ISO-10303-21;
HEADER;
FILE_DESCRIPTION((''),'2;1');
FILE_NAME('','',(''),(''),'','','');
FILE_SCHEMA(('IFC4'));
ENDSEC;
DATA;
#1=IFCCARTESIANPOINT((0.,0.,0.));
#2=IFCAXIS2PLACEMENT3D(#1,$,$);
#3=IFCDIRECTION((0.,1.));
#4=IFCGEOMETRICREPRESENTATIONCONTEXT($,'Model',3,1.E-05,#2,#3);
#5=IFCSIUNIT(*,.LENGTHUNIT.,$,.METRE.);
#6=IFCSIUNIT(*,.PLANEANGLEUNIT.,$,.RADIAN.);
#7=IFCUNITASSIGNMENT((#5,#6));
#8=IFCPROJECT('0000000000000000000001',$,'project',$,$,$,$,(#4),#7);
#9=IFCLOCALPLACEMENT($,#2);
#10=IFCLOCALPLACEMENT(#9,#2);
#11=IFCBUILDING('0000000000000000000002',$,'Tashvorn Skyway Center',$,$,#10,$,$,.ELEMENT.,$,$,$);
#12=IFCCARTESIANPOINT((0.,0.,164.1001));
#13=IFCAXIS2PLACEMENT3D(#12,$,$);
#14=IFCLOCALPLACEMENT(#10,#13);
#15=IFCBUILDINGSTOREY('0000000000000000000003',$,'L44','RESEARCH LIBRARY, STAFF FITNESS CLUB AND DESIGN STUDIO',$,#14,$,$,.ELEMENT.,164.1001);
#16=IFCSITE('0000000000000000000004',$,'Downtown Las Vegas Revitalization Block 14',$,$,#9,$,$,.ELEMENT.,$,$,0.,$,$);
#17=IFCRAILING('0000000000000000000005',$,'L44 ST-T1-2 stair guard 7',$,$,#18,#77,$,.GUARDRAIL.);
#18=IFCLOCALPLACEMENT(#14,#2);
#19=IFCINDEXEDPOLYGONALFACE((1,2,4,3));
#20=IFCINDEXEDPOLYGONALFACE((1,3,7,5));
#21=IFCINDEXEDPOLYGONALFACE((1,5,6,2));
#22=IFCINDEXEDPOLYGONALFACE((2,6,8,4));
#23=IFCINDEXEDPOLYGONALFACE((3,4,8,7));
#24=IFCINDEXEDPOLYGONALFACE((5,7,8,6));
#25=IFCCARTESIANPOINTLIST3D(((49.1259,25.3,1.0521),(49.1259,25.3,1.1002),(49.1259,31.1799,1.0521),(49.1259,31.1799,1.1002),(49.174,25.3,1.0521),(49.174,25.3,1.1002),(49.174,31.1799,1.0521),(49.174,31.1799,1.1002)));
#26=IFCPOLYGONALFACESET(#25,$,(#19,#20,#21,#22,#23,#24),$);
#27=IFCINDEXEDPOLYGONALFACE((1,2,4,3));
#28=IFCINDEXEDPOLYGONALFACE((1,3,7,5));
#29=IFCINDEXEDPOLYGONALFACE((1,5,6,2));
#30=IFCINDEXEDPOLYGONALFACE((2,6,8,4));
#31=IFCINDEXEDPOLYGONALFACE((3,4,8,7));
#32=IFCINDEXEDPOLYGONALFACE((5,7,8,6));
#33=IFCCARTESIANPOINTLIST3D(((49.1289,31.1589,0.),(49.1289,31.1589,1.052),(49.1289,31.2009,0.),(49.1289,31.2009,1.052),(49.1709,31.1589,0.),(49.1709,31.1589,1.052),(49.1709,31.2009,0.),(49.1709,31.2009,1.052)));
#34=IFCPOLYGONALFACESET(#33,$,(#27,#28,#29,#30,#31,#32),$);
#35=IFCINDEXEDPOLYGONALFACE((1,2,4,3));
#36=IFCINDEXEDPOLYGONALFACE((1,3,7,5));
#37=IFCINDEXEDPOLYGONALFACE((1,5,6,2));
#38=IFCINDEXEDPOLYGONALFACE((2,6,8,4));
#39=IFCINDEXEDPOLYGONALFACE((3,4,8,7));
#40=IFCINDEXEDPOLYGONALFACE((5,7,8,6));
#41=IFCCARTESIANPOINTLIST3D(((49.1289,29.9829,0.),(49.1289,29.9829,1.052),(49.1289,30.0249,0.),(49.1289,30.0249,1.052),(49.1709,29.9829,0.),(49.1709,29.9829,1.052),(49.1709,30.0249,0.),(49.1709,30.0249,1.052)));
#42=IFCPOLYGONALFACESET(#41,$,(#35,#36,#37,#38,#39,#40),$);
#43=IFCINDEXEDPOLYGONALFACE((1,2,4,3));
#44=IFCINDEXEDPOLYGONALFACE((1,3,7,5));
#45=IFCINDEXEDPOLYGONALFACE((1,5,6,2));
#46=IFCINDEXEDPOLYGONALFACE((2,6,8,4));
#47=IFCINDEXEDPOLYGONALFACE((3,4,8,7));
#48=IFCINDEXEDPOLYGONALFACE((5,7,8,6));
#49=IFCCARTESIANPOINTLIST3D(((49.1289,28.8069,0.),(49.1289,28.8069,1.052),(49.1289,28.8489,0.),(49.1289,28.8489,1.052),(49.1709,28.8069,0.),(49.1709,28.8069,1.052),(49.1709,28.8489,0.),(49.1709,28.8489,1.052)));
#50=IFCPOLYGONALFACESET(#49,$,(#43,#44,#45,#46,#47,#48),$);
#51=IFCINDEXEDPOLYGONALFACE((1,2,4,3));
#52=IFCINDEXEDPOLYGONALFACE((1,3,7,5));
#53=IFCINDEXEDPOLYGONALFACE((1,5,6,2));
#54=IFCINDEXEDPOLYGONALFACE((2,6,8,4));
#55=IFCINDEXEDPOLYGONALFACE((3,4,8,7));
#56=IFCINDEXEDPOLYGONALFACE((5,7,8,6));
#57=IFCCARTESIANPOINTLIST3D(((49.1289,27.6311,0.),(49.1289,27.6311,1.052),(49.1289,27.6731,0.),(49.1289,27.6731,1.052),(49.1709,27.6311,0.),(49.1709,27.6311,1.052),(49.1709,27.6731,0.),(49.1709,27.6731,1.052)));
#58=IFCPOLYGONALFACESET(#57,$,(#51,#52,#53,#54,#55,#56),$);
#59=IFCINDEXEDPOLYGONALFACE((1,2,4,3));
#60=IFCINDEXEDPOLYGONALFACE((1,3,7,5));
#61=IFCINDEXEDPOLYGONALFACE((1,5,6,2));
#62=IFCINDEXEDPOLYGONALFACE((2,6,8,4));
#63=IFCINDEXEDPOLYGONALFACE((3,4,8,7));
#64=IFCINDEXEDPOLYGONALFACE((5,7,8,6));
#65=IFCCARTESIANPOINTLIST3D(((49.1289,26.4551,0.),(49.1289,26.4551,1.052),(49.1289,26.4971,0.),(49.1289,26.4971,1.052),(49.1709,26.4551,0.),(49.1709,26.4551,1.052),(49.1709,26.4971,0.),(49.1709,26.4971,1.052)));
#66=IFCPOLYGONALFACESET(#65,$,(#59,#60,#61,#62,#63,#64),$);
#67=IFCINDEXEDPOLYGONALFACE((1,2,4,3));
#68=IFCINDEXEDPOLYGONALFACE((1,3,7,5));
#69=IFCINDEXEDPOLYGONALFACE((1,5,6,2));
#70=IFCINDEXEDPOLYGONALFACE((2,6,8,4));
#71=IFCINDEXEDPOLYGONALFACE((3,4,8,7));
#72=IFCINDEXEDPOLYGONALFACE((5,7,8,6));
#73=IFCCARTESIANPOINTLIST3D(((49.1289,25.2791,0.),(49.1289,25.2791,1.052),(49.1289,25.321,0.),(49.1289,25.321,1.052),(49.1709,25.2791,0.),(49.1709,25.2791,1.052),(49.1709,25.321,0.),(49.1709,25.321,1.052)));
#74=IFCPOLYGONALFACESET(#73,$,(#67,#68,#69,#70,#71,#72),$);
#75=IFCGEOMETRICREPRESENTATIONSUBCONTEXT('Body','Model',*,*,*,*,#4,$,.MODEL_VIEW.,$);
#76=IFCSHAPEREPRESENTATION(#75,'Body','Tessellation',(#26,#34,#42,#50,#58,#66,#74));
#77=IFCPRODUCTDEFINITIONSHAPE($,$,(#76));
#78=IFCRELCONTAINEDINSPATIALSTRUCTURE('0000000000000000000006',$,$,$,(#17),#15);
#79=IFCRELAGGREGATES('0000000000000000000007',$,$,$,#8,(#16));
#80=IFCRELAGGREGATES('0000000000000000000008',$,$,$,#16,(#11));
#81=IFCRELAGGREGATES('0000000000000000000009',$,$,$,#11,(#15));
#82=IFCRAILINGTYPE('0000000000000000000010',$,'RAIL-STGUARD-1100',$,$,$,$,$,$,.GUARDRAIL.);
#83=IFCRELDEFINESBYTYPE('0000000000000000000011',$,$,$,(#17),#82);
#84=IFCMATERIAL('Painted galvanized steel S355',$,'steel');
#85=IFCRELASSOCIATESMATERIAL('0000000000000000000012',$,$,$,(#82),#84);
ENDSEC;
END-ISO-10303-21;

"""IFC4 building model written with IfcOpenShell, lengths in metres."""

from ifc_helpers import new_model, si_unit, direction, frame, origin, origin_2d, place, context, subcontext, project, spatial, rectangle, extrude, material, type_object, element, save


model = new_model("IFC4")

# Units and contexts
model_context = context("Model", 3, precision=1e-05, world=origin(), true_north=direction((0.0, 1.0)))
body_context = subcontext(model_context, "Body", "Model", "MODEL_VIEW")
ifc_project = project(units=[si_unit("LENGTHUNIT", "METRE"), si_unit("PLANEANGLEUNIT", "RADIAN")], contexts=[model_context])

# Site, building, storey
site_placement = place(None, origin())
site = spatial("IfcSite", under=ifc_project, at=site_placement, Name="Downtown Las Vegas Revitalization Block 14", CompositionType="ELEMENT", RefElevation=0.0)
building_placement = place(site_placement, origin())
building = spatial("IfcBuilding", under=site, at=building_placement, Name="Tashvorn Skyway Center", CompositionType="ELEMENT")
storey_placement = place(building_placement, frame((0.0, 0.0, 164.1001)))
storey = spatial("IfcBuildingStorey", under=building, at=storey_placement, Name="L44", Description="RESEARCH LIBRARY, STAFF FITNESS CLUB AND DESIGN STUDIO", CompositionType="ELEMENT", Elevation=164.1001)

# Railing
ifc_material_1 = material(Name="Painted galvanized steel S355", Category="steel")
railing_type_1 = type_object("IfcRailingType", Name="RAIL-STGUARD-1100", PredefinedType="GUARDRAIL", material=ifc_material_1)
railing_1_placement = place(storey_placement, frame((49.1499, 31.1799, 0.0)))
element("IfcRailing", 1, at=railing_1_placement, inside=storey, type_object=railing_type_1, Name="L44 ST-T1-2 stair guard 7", PredefinedType="GUARDRAIL", context=body_context, shape_type="SweptSolid", body=[
    extrude(rectangle(XDim=0.0481, YDim=0.0481, at=origin_2d()), frame((0.0, 0.0, 1.0762), z_axis=(0.0, -1.0, 0.0), x_axis=(1.0, 0.0, 0.0)), (0.0, 0.0, 1.0), 5.8799),
    extrude(rectangle(XDim=0.042, YDim=0.042, at=origin_2d()), origin(), (0.0, 0.0, 1.0), 1.052),
    extrude(rectangle(XDim=0.042, YDim=0.042, at=origin_2d()), frame((0.0, -1.176, 0.0)), (0.0, 0.0, 1.0), 1.052),
    extrude(rectangle(XDim=0.042, YDim=0.042, at=origin_2d()), frame((0.0, -2.3521, 0.0)), (0.0, 0.0, 1.0), 1.052),
    extrude(rectangle(XDim=0.042, YDim=0.042, at=origin_2d()), frame((0.0, -3.5278, 0.0)), (0.0, 0.0, 1.0), 1.052),
    extrude(rectangle(XDim=0.042, YDim=0.042, at=origin_2d()), frame((0.0, -4.7039, 0.0)), (0.0, 0.0, 1.0), 1.052),
    extrude(rectangle(XDim=0.042, YDim=0.042, at=origin_2d()), frame((0.0, -5.8799, 0.0)), (0.0, 0.0, 1.0), 1.052),
])

save(model, "model.ifc")
